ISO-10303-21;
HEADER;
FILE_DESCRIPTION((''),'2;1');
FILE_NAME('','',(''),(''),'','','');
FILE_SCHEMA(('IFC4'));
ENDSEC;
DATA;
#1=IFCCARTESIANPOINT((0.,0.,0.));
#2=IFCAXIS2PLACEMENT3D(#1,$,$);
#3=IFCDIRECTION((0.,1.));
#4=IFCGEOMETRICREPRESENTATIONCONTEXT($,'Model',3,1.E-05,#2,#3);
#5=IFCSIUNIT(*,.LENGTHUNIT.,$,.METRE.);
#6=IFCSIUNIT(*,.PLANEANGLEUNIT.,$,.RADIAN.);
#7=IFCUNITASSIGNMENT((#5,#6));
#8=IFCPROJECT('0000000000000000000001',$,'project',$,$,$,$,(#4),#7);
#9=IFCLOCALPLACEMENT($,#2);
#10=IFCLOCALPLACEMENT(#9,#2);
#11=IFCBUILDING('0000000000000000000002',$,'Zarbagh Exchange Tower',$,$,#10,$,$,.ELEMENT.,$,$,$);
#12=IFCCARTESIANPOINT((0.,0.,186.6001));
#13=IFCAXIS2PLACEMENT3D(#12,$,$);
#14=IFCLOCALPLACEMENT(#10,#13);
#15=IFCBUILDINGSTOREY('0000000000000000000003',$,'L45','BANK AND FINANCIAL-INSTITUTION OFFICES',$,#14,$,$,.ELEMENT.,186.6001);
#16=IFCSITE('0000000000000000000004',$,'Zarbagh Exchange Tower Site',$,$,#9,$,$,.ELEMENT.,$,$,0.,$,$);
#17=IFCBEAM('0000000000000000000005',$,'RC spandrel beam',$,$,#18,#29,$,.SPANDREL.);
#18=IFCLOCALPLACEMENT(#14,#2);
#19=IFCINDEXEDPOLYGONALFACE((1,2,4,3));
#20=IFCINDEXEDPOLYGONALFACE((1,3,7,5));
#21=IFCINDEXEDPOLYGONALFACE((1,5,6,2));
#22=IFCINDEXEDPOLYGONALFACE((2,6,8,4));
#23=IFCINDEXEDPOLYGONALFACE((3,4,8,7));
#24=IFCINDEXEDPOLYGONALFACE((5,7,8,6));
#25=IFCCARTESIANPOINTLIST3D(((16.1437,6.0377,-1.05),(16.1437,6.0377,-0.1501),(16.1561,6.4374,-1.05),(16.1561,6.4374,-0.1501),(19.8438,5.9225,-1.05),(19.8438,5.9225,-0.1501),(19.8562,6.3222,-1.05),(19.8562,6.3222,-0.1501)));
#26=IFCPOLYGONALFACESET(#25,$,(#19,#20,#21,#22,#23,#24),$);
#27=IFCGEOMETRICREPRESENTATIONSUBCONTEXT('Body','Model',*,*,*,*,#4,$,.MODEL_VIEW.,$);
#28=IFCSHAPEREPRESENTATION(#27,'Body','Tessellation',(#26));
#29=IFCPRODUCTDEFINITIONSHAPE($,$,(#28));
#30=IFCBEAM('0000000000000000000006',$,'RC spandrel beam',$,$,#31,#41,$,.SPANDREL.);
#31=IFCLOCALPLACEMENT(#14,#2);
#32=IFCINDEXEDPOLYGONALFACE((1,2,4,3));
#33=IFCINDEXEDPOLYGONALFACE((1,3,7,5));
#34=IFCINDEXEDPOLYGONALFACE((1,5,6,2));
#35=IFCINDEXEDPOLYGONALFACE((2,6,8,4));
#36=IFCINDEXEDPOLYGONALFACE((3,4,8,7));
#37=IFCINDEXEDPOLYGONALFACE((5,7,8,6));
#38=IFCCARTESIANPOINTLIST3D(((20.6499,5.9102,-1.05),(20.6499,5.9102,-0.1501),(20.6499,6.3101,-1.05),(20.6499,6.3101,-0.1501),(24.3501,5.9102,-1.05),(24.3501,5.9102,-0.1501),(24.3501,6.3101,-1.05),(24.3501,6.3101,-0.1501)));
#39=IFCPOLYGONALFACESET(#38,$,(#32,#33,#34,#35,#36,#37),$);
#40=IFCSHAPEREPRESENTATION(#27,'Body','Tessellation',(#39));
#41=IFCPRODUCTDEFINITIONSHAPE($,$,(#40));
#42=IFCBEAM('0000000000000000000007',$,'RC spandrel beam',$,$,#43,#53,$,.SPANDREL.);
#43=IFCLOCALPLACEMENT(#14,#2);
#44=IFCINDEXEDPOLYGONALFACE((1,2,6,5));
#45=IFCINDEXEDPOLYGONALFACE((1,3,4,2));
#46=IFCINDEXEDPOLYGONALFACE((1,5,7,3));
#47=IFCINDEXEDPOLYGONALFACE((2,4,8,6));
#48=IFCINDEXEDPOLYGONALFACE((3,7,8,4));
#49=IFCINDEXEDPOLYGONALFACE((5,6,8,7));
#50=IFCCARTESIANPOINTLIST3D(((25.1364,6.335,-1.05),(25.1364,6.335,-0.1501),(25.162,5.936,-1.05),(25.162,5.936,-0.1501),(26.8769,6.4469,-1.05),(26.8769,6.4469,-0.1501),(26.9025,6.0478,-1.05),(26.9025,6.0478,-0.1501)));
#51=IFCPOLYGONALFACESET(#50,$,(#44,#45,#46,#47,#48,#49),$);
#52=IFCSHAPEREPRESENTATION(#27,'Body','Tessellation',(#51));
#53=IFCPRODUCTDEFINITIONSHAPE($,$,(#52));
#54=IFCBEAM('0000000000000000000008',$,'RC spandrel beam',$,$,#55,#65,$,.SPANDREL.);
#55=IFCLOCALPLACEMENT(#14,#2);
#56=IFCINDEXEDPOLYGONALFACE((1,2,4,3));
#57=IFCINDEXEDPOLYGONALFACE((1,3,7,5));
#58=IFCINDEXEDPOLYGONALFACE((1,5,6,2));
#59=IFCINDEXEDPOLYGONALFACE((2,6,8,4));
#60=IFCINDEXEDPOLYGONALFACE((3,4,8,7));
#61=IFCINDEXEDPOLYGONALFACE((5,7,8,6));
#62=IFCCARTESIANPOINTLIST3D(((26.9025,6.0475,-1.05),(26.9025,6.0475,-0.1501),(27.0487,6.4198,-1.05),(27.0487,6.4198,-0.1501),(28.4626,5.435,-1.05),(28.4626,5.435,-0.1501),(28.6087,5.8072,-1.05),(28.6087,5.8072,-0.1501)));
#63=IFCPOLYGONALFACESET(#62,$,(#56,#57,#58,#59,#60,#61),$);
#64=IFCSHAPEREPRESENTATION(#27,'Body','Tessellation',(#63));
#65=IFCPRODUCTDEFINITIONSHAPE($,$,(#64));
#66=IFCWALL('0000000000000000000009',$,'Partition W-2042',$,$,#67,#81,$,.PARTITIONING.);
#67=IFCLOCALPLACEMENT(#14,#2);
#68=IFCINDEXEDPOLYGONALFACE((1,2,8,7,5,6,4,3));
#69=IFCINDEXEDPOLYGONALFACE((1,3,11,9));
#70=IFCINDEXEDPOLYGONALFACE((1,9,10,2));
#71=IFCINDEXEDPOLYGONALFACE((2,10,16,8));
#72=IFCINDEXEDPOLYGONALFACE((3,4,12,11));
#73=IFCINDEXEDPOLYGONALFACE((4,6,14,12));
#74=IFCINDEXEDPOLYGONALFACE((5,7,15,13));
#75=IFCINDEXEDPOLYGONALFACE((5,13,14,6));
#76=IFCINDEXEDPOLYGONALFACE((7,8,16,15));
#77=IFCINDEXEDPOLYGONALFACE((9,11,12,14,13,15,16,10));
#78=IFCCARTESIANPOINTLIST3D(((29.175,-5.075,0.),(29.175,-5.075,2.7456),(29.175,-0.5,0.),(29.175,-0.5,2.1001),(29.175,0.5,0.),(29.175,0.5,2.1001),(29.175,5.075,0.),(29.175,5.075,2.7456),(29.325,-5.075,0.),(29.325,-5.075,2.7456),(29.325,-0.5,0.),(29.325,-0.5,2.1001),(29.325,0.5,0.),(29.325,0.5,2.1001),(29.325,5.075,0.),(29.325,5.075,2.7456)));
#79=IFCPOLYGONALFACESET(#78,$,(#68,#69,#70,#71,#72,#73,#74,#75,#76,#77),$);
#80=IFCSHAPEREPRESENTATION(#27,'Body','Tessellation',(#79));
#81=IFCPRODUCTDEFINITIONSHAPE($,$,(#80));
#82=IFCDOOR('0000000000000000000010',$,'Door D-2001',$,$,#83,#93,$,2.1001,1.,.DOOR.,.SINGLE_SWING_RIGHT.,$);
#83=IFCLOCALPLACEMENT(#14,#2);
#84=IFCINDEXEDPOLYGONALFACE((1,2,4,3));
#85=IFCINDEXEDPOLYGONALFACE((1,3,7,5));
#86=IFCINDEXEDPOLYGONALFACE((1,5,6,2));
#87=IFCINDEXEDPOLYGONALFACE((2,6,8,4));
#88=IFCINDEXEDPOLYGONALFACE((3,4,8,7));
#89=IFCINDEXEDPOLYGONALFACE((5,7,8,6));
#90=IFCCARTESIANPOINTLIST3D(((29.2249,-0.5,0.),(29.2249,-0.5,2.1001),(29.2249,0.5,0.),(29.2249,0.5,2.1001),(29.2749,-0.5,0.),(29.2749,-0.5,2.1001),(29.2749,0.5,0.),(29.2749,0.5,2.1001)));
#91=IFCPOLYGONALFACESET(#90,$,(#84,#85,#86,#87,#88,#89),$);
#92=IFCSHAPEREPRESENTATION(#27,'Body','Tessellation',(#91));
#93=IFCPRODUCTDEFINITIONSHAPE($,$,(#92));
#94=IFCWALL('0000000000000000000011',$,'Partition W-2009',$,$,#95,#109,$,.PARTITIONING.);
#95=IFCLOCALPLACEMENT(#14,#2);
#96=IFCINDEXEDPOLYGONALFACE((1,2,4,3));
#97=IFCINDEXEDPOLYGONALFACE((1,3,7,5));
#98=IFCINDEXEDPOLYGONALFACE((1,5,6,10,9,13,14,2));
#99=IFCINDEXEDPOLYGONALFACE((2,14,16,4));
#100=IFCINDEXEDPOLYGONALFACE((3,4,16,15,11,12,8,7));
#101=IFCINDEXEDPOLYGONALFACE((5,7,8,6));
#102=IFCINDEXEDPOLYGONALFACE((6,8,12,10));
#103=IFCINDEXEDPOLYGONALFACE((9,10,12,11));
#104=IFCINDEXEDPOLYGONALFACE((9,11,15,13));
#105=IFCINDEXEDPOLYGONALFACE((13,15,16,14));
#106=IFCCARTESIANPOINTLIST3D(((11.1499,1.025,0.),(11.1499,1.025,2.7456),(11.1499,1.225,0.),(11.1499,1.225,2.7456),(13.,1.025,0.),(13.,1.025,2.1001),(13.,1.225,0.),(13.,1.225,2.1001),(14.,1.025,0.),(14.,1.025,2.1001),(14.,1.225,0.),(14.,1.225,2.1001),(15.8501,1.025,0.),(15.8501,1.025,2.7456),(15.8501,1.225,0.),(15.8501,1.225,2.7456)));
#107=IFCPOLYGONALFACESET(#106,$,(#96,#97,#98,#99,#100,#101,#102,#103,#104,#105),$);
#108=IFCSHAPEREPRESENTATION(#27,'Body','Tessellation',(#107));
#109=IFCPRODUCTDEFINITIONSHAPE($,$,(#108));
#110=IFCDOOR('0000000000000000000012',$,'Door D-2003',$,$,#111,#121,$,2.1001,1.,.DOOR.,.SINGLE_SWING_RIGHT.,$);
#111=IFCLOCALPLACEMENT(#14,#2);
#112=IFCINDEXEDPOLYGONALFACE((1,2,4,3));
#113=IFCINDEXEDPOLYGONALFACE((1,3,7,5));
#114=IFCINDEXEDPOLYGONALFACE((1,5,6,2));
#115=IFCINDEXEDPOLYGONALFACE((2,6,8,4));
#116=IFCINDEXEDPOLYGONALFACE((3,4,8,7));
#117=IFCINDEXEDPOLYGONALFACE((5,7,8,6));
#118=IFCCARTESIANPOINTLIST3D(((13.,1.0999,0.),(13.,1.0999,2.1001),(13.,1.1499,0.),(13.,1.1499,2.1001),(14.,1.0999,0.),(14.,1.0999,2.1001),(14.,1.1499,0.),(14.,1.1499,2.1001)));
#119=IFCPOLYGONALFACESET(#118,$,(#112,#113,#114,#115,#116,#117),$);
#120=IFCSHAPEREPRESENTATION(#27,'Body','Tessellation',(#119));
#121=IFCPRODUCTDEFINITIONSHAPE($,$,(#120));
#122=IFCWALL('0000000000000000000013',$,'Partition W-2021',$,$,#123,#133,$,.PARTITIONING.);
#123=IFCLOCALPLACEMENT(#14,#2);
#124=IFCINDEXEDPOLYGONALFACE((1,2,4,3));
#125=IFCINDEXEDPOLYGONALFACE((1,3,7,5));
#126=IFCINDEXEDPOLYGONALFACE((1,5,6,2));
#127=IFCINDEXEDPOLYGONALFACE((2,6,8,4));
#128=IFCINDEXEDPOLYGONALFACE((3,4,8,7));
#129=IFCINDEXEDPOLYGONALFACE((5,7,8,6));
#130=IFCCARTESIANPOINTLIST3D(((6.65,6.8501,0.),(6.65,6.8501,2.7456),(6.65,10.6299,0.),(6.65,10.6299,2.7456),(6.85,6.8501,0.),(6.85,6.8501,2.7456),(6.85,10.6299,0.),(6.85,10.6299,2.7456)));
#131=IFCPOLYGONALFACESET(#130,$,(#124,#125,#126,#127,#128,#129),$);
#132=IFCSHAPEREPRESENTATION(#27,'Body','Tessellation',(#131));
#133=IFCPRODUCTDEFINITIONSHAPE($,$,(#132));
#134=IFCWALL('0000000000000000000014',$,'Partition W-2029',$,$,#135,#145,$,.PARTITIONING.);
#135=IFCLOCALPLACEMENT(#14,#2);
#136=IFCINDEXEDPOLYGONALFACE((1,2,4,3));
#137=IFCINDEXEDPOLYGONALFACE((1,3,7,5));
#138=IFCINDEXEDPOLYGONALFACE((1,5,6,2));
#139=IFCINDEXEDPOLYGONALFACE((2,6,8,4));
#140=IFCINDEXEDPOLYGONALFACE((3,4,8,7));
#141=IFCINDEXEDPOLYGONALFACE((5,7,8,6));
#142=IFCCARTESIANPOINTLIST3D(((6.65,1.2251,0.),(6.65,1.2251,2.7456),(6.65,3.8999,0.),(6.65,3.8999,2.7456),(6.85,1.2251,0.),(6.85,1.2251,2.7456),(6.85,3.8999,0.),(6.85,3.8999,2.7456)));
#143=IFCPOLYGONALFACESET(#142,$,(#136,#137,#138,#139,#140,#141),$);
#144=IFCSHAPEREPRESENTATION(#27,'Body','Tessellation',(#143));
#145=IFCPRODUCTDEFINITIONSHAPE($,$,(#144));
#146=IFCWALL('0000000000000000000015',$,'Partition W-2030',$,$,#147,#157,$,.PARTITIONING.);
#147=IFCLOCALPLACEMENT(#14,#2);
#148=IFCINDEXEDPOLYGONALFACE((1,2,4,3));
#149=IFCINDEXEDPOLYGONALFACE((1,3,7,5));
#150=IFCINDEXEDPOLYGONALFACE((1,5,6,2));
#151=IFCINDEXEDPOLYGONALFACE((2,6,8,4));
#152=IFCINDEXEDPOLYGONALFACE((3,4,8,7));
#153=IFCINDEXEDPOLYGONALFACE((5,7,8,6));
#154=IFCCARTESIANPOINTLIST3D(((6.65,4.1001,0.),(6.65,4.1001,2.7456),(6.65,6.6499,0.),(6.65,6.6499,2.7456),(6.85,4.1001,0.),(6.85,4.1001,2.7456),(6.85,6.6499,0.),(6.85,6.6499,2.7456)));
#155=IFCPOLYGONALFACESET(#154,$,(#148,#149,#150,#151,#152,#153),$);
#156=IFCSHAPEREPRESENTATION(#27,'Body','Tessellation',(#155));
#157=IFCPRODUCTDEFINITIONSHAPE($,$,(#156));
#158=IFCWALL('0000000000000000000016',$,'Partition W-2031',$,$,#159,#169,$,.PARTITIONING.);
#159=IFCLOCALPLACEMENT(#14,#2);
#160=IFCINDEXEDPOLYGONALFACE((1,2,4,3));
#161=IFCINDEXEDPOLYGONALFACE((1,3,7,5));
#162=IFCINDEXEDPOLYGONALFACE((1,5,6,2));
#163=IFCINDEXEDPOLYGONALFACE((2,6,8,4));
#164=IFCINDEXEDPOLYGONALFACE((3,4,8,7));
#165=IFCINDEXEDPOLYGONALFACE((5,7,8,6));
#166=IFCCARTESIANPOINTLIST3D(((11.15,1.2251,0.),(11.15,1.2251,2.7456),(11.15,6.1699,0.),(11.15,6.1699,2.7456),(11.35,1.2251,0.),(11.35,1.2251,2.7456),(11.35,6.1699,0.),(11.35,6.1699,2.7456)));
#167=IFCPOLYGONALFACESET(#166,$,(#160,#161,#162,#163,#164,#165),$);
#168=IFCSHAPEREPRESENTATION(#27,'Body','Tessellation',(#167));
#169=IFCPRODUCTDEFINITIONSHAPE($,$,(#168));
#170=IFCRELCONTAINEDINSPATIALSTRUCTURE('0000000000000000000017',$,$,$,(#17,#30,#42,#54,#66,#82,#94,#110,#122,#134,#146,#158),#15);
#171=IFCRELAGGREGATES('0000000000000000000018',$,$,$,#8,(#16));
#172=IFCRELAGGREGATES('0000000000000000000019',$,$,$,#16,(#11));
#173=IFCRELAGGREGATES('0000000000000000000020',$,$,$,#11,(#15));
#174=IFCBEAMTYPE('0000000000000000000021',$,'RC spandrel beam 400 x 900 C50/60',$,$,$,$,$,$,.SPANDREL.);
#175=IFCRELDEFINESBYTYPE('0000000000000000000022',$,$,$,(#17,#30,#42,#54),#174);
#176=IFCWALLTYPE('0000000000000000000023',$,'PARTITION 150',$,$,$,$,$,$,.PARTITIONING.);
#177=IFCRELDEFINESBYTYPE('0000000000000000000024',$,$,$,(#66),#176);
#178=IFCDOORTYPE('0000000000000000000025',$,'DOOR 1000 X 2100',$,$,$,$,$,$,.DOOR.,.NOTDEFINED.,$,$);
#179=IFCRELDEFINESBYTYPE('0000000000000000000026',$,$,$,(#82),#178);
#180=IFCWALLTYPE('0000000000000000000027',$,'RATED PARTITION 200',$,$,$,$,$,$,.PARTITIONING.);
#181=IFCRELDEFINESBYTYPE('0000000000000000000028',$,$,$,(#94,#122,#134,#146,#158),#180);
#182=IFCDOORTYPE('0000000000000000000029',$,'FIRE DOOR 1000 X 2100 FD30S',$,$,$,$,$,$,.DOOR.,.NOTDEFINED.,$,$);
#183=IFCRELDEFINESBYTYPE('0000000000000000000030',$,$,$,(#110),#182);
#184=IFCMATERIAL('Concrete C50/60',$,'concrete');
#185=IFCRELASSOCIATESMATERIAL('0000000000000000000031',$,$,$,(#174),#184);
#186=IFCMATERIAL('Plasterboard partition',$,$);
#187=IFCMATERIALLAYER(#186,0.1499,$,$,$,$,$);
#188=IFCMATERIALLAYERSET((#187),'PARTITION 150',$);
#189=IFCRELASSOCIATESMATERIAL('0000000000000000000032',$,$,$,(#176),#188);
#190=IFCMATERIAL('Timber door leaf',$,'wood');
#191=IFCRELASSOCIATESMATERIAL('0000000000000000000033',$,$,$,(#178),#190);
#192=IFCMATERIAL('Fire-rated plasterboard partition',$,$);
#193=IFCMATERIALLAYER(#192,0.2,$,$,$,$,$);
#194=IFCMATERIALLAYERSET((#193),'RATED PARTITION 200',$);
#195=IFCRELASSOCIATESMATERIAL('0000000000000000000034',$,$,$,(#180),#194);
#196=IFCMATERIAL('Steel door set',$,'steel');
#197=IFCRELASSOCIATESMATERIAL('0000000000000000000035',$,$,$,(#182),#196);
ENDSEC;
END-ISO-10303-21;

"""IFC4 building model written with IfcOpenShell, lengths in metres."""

from ifc_helpers import new_model, si_unit, direction, frame, frame_2d, origin, origin_2d, place, context, subcontext, project, spatial, rectangle, extrude, material, layer, layer_set, material_profile, profile_set, type_object, element, fill, save


model = new_model("IFC4")

# Units and contexts
model_context = context("Model", 3, precision=1e-05, world=origin(), true_north=direction((0.0, 1.0)))
body_context = subcontext(model_context, "Body", "Model", "MODEL_VIEW")
ifc_project = project(units=[si_unit("LENGTHUNIT", "METRE"), si_unit("PLANEANGLEUNIT", "RADIAN")], contexts=[model_context])

# Site, building, storey
site_placement = place(None, origin())
site = spatial("IfcSite", under=ifc_project, at=site_placement, Name="Zarbagh Exchange Tower Site", CompositionType="ELEMENT", RefElevation=0.0)
building_placement = place(site_placement, origin())
building = spatial("IfcBuilding", under=site, at=building_placement, Name="Zarbagh Exchange Tower", CompositionType="ELEMENT")
storey_placement = place(building_placement, frame((0.0, 0.0, 186.6001)))
storey = spatial("IfcBuildingStorey", under=building, at=storey_placement, Name="L45", Description="BANK AND FINANCIAL-INSTITUTION OFFICES", CompositionType="ELEMENT", Elevation=186.6001)

# Shared definitions
ifc_material_1 = material(Name="Concrete C50/60", Category="concrete")

# Beams
ifc_material_profile_1 = material_profile(ifc_material_1, rectangle(XDim=0.3999, YDim=0.8999, at=origin_2d()), Name="RC spandrel beam 400 x 900 C50/60")
ifc_profile_set_1 = profile_set([ifc_material_profile_1], Name="Concrete C50/60")
beam_type_1 = type_object("IfcBeamType", Name="RC spandrel beam 400 x 900 C50/60", PredefinedType="SPANDREL", material=ifc_profile_set_1)
beam_1_placement = place(storey_placement, frame((16.1499, 6.2375, -0.6001), z_axis=(0.999515, -0.031128, 0.0), x_axis=(0.031128, 0.999515, 0.0)))
element("IfcBeam", 1, at=beam_1_placement, inside=storey, type_object=beam_type_1, Name="RC spandrel beam", PredefinedType="SPANDREL", context=body_context, shape_type="SweptSolid", body=[
    extrude(rectangle(XDim=0.3999, YDim=0.8999, at=origin_2d()), origin(), (0.0, 0.0, 1.0), 3.7019),
])
beam_2_placement = place(storey_placement, frame((20.6499, 6.1101, -0.6001), z_axis=(1.0, 0.0, 0.0), x_axis=(0.0, 1.0, 0.0)))
element("IfcBeam", 2, at=beam_2_placement, inside=storey, type_object=beam_type_1, Name="RC spandrel beam", PredefinedType="SPANDREL", context=body_context, shape_type="SweptSolid", body=[
    extrude(rectangle(XDim=0.3999, YDim=0.8999, at=origin_2d()), origin(), (0.0, 0.0, 1.0), 3.7002),
])
beam_3_placement = place(storey_placement, frame((25.1492, 6.1355, -0.6001), z_axis=(0.997943, 0.064112, 0.0), x_axis=(-0.064112, 0.997943, 0.0)))
element("IfcBeam", 3, at=beam_3_placement, inside=storey, type_object=beam_type_1, Name="RC spandrel beam", PredefinedType="SPANDREL", context=body_context, shape_type="SweptSolid", body=[
    extrude(rectangle(XDim=0.3999, YDim=0.8999, at=origin_2d()), origin(), (0.0, 0.0, 1.0), 1.7441),
])
beam_4_placement = place(storey_placement, frame((26.9756, 6.2336, -0.6001), z_axis=(0.930819, -0.365481, 0.0), x_axis=(0.365481, 0.930819, 0.0)))
element("IfcBeam", 4, at=beam_4_placement, inside=storey, type_object=beam_type_1, Name="RC spandrel beam", PredefinedType="SPANDREL", context=body_context, shape_type="SweptSolid", body=[
    extrude(rectangle(XDim=0.3999, YDim=0.8999, at=origin_2d()), origin(), (0.0, 0.0, 1.0), 1.676),
])

# Walls, openings, doors
ifc_material_2 = material(Name="Plasterboard partition")
ifc_layer_1 = layer(ifc_material_2, 0.1499)
ifc_layer_set_1 = layer_set([ifc_layer_1], Name="PARTITION 150")
wall_type_1 = type_object("IfcWallType", Name="PARTITION 150", PredefinedType="PARTITIONING", material=ifc_layer_set_1)
wall_1_placement = place(storey_placement, frame((29.25, 5.075, 0.0), z_axis=(0.0, 0.0, 1.0), x_axis=(0.0, -1.0, 0.0)))
wall_1 = element("IfcWall", 5, at=wall_1_placement, inside=storey, type_object=wall_type_1, Name="Partition W-2042", PredefinedType="PARTITIONING", context=body_context, shape_type="SweptSolid", body=[
    extrude(rectangle(XDim=10.1499, YDim=0.1499, at=frame_2d((5.075, 0.0))), origin(), (0.0, 0.0, 1.0), 2.7456),
])
opening_1_placement = place(wall_1_placement, frame((4.575, 0.0, 0.0)))
opening_1 = element("IfcOpeningElement", 6, at=opening_1_placement, cuts=wall_1, PredefinedType="OPENING", context=body_context, shape_type="SweptSolid", body=[
    extrude(rectangle(XDim=1.0, YDim=2.1001, at=frame_2d((0.5, 1.05))), frame((0.0, 0.085, 0.0), z_axis=(0.0, -1.0, 0.0), x_axis=(1.0, 0.0, 0.0)), (0.0, 0.0, 1.0), 0.1699),
])
ifc_material_3 = material(Name="Timber door leaf", Category="wood")
door_type_1 = type_object("IfcDoorType", Name="DOOR 1000 X 2100", OperationType="NOTDEFINED", PredefinedType="DOOR", material=ifc_material_3)
door_1_placement = place(opening_1_placement, origin())
door_1 = element("IfcDoor", 7, at=door_1_placement, inside=storey, type_object=door_type_1, Name="Door D-2001", OperationType="SINGLE_SWING_RIGHT", OverallHeight=2.1001, OverallWidth=1.0, PredefinedType="DOOR", context=body_context, shape_type="SweptSolid", body=[
    extrude(rectangle(XDim=1.0, YDim=2.1001, at=frame_2d((0.5, 1.05))), frame((0.0, 0.0249, 0.0), z_axis=(0.0, -1.0, 0.0), x_axis=(1.0, 0.0, 0.0)), (0.0, 0.0, 1.0), 0.05),
])
fill(opening_1, door_1)
ifc_material_4 = material(Name="Fire-rated plasterboard partition")
ifc_layer_2 = layer(ifc_material_4, 0.2)
ifc_layer_set_2 = layer_set([ifc_layer_2], Name="RATED PARTITION 200")
wall_type_2 = type_object("IfcWallType", Name="RATED PARTITION 200", PredefinedType="PARTITIONING", material=ifc_layer_set_2)
wall_2_placement = place(storey_placement, frame((11.1499, 1.125, 0.0), z_axis=(0.0, 0.0, 1.0), x_axis=(1.0, 0.0, 0.0)))
wall_2 = element("IfcWall", 8, at=wall_2_placement, inside=storey, type_object=wall_type_2, Name="Partition W-2009", PredefinedType="PARTITIONING", context=body_context, shape_type="SweptSolid", body=[
    extrude(rectangle(XDim=4.7002, YDim=0.2, at=frame_2d((2.3501, 0.0))), origin(), (0.0, 0.0, 1.0), 2.7456),
])
opening_2_placement = place(wall_2_placement, frame((1.8501, 0.0, 0.0)))
opening_2 = element("IfcOpeningElement", 9, at=opening_2_placement, cuts=wall_2, PredefinedType="OPENING", context=body_context, shape_type="SweptSolid", body=[
    extrude(rectangle(XDim=1.0, YDim=2.1001, at=frame_2d((0.5, 1.05))), frame((0.0, 0.1099, 0.0), z_axis=(0.0, -1.0, 0.0), x_axis=(1.0, 0.0, 0.0)), (0.0, 0.0, 1.0), 0.22),
])
ifc_material_5 = material(Name="Steel door set", Category="steel")
door_type_2 = type_object("IfcDoorType", Name="FIRE DOOR 1000 X 2100 FD30S", OperationType="NOTDEFINED", PredefinedType="DOOR", material=ifc_material_5)
door_2_placement = place(opening_2_placement, origin())
door_2 = element("IfcDoor", 10, at=door_2_placement, inside=storey, type_object=door_type_2, Name="Door D-2003", OperationType="SINGLE_SWING_RIGHT", OverallHeight=2.1001, OverallWidth=1.0, PredefinedType="DOOR", context=body_context, shape_type="SweptSolid", body=[
    extrude(rectangle(XDim=1.0, YDim=2.1001, at=frame_2d((0.5, 1.05))), frame((0.0, 0.0249, 0.0), z_axis=(0.0, -1.0, 0.0), x_axis=(1.0, 0.0, 0.0)), (0.0, 0.0, 1.0), 0.05),
])
fill(opening_2, door_2)

# Walls
wall_3_placement = place(storey_placement, frame((6.75, 6.8501, 0.0), z_axis=(0.0, 0.0, 1.0), x_axis=(0.0, 1.0, 0.0)))
element("IfcWall", 11, at=wall_3_placement, inside=storey, type_object=wall_type_2, Name="Partition W-2021", PredefinedType="PARTITIONING", context=body_context, shape_type="SweptSolid", body=[
    extrude(rectangle(XDim=3.7798, YDim=0.2, at=frame_2d((1.8899, 0.0))), origin(), (0.0, 0.0, 1.0), 2.7456),
])
wall_4_placement = place(storey_placement, frame((6.75, 1.2251, 0.0), z_axis=(0.0, 0.0, 1.0), x_axis=(0.0, 1.0, 0.0)))
element("IfcWall", 12, at=wall_4_placement, inside=storey, type_object=wall_type_2, Name="Partition W-2029", PredefinedType="PARTITIONING", context=body_context, shape_type="SweptSolid", body=[
    extrude(rectangle(XDim=2.6748, YDim=0.2, at=frame_2d((1.3374, 0.0))), origin(), (0.0, 0.0, 1.0), 2.7456),
])
wall_5_placement = place(storey_placement, frame((6.75, 4.1001, 0.0), z_axis=(0.0, 0.0, 1.0), x_axis=(0.0, 1.0, 0.0)))
element("IfcWall", 13, at=wall_5_placement, inside=storey, type_object=wall_type_2, Name="Partition W-2030", PredefinedType="PARTITIONING", context=body_context, shape_type="SweptSolid", body=[
    extrude(rectangle(XDim=2.5498, YDim=0.2, at=frame_2d((1.2749, 0.0))), origin(), (0.0, 0.0, 1.0), 2.7456),
])
wall_6_placement = place(storey_placement, frame((11.25, 1.2251, 0.0), z_axis=(0.0, 0.0, 1.0), x_axis=(0.0, 1.0, 0.0)))
element("IfcWall", 14, at=wall_6_placement, inside=storey, type_object=wall_type_2, Name="Partition W-2031", PredefinedType="PARTITIONING", context=body_context, shape_type="SweptSolid", body=[
    extrude(rectangle(XDim=4.9448, YDim=0.2, at=frame_2d((2.4724, 0.0))), origin(), (0.0, 0.0, 1.0), 2.7456),
])

save(model, "model.ifc")
